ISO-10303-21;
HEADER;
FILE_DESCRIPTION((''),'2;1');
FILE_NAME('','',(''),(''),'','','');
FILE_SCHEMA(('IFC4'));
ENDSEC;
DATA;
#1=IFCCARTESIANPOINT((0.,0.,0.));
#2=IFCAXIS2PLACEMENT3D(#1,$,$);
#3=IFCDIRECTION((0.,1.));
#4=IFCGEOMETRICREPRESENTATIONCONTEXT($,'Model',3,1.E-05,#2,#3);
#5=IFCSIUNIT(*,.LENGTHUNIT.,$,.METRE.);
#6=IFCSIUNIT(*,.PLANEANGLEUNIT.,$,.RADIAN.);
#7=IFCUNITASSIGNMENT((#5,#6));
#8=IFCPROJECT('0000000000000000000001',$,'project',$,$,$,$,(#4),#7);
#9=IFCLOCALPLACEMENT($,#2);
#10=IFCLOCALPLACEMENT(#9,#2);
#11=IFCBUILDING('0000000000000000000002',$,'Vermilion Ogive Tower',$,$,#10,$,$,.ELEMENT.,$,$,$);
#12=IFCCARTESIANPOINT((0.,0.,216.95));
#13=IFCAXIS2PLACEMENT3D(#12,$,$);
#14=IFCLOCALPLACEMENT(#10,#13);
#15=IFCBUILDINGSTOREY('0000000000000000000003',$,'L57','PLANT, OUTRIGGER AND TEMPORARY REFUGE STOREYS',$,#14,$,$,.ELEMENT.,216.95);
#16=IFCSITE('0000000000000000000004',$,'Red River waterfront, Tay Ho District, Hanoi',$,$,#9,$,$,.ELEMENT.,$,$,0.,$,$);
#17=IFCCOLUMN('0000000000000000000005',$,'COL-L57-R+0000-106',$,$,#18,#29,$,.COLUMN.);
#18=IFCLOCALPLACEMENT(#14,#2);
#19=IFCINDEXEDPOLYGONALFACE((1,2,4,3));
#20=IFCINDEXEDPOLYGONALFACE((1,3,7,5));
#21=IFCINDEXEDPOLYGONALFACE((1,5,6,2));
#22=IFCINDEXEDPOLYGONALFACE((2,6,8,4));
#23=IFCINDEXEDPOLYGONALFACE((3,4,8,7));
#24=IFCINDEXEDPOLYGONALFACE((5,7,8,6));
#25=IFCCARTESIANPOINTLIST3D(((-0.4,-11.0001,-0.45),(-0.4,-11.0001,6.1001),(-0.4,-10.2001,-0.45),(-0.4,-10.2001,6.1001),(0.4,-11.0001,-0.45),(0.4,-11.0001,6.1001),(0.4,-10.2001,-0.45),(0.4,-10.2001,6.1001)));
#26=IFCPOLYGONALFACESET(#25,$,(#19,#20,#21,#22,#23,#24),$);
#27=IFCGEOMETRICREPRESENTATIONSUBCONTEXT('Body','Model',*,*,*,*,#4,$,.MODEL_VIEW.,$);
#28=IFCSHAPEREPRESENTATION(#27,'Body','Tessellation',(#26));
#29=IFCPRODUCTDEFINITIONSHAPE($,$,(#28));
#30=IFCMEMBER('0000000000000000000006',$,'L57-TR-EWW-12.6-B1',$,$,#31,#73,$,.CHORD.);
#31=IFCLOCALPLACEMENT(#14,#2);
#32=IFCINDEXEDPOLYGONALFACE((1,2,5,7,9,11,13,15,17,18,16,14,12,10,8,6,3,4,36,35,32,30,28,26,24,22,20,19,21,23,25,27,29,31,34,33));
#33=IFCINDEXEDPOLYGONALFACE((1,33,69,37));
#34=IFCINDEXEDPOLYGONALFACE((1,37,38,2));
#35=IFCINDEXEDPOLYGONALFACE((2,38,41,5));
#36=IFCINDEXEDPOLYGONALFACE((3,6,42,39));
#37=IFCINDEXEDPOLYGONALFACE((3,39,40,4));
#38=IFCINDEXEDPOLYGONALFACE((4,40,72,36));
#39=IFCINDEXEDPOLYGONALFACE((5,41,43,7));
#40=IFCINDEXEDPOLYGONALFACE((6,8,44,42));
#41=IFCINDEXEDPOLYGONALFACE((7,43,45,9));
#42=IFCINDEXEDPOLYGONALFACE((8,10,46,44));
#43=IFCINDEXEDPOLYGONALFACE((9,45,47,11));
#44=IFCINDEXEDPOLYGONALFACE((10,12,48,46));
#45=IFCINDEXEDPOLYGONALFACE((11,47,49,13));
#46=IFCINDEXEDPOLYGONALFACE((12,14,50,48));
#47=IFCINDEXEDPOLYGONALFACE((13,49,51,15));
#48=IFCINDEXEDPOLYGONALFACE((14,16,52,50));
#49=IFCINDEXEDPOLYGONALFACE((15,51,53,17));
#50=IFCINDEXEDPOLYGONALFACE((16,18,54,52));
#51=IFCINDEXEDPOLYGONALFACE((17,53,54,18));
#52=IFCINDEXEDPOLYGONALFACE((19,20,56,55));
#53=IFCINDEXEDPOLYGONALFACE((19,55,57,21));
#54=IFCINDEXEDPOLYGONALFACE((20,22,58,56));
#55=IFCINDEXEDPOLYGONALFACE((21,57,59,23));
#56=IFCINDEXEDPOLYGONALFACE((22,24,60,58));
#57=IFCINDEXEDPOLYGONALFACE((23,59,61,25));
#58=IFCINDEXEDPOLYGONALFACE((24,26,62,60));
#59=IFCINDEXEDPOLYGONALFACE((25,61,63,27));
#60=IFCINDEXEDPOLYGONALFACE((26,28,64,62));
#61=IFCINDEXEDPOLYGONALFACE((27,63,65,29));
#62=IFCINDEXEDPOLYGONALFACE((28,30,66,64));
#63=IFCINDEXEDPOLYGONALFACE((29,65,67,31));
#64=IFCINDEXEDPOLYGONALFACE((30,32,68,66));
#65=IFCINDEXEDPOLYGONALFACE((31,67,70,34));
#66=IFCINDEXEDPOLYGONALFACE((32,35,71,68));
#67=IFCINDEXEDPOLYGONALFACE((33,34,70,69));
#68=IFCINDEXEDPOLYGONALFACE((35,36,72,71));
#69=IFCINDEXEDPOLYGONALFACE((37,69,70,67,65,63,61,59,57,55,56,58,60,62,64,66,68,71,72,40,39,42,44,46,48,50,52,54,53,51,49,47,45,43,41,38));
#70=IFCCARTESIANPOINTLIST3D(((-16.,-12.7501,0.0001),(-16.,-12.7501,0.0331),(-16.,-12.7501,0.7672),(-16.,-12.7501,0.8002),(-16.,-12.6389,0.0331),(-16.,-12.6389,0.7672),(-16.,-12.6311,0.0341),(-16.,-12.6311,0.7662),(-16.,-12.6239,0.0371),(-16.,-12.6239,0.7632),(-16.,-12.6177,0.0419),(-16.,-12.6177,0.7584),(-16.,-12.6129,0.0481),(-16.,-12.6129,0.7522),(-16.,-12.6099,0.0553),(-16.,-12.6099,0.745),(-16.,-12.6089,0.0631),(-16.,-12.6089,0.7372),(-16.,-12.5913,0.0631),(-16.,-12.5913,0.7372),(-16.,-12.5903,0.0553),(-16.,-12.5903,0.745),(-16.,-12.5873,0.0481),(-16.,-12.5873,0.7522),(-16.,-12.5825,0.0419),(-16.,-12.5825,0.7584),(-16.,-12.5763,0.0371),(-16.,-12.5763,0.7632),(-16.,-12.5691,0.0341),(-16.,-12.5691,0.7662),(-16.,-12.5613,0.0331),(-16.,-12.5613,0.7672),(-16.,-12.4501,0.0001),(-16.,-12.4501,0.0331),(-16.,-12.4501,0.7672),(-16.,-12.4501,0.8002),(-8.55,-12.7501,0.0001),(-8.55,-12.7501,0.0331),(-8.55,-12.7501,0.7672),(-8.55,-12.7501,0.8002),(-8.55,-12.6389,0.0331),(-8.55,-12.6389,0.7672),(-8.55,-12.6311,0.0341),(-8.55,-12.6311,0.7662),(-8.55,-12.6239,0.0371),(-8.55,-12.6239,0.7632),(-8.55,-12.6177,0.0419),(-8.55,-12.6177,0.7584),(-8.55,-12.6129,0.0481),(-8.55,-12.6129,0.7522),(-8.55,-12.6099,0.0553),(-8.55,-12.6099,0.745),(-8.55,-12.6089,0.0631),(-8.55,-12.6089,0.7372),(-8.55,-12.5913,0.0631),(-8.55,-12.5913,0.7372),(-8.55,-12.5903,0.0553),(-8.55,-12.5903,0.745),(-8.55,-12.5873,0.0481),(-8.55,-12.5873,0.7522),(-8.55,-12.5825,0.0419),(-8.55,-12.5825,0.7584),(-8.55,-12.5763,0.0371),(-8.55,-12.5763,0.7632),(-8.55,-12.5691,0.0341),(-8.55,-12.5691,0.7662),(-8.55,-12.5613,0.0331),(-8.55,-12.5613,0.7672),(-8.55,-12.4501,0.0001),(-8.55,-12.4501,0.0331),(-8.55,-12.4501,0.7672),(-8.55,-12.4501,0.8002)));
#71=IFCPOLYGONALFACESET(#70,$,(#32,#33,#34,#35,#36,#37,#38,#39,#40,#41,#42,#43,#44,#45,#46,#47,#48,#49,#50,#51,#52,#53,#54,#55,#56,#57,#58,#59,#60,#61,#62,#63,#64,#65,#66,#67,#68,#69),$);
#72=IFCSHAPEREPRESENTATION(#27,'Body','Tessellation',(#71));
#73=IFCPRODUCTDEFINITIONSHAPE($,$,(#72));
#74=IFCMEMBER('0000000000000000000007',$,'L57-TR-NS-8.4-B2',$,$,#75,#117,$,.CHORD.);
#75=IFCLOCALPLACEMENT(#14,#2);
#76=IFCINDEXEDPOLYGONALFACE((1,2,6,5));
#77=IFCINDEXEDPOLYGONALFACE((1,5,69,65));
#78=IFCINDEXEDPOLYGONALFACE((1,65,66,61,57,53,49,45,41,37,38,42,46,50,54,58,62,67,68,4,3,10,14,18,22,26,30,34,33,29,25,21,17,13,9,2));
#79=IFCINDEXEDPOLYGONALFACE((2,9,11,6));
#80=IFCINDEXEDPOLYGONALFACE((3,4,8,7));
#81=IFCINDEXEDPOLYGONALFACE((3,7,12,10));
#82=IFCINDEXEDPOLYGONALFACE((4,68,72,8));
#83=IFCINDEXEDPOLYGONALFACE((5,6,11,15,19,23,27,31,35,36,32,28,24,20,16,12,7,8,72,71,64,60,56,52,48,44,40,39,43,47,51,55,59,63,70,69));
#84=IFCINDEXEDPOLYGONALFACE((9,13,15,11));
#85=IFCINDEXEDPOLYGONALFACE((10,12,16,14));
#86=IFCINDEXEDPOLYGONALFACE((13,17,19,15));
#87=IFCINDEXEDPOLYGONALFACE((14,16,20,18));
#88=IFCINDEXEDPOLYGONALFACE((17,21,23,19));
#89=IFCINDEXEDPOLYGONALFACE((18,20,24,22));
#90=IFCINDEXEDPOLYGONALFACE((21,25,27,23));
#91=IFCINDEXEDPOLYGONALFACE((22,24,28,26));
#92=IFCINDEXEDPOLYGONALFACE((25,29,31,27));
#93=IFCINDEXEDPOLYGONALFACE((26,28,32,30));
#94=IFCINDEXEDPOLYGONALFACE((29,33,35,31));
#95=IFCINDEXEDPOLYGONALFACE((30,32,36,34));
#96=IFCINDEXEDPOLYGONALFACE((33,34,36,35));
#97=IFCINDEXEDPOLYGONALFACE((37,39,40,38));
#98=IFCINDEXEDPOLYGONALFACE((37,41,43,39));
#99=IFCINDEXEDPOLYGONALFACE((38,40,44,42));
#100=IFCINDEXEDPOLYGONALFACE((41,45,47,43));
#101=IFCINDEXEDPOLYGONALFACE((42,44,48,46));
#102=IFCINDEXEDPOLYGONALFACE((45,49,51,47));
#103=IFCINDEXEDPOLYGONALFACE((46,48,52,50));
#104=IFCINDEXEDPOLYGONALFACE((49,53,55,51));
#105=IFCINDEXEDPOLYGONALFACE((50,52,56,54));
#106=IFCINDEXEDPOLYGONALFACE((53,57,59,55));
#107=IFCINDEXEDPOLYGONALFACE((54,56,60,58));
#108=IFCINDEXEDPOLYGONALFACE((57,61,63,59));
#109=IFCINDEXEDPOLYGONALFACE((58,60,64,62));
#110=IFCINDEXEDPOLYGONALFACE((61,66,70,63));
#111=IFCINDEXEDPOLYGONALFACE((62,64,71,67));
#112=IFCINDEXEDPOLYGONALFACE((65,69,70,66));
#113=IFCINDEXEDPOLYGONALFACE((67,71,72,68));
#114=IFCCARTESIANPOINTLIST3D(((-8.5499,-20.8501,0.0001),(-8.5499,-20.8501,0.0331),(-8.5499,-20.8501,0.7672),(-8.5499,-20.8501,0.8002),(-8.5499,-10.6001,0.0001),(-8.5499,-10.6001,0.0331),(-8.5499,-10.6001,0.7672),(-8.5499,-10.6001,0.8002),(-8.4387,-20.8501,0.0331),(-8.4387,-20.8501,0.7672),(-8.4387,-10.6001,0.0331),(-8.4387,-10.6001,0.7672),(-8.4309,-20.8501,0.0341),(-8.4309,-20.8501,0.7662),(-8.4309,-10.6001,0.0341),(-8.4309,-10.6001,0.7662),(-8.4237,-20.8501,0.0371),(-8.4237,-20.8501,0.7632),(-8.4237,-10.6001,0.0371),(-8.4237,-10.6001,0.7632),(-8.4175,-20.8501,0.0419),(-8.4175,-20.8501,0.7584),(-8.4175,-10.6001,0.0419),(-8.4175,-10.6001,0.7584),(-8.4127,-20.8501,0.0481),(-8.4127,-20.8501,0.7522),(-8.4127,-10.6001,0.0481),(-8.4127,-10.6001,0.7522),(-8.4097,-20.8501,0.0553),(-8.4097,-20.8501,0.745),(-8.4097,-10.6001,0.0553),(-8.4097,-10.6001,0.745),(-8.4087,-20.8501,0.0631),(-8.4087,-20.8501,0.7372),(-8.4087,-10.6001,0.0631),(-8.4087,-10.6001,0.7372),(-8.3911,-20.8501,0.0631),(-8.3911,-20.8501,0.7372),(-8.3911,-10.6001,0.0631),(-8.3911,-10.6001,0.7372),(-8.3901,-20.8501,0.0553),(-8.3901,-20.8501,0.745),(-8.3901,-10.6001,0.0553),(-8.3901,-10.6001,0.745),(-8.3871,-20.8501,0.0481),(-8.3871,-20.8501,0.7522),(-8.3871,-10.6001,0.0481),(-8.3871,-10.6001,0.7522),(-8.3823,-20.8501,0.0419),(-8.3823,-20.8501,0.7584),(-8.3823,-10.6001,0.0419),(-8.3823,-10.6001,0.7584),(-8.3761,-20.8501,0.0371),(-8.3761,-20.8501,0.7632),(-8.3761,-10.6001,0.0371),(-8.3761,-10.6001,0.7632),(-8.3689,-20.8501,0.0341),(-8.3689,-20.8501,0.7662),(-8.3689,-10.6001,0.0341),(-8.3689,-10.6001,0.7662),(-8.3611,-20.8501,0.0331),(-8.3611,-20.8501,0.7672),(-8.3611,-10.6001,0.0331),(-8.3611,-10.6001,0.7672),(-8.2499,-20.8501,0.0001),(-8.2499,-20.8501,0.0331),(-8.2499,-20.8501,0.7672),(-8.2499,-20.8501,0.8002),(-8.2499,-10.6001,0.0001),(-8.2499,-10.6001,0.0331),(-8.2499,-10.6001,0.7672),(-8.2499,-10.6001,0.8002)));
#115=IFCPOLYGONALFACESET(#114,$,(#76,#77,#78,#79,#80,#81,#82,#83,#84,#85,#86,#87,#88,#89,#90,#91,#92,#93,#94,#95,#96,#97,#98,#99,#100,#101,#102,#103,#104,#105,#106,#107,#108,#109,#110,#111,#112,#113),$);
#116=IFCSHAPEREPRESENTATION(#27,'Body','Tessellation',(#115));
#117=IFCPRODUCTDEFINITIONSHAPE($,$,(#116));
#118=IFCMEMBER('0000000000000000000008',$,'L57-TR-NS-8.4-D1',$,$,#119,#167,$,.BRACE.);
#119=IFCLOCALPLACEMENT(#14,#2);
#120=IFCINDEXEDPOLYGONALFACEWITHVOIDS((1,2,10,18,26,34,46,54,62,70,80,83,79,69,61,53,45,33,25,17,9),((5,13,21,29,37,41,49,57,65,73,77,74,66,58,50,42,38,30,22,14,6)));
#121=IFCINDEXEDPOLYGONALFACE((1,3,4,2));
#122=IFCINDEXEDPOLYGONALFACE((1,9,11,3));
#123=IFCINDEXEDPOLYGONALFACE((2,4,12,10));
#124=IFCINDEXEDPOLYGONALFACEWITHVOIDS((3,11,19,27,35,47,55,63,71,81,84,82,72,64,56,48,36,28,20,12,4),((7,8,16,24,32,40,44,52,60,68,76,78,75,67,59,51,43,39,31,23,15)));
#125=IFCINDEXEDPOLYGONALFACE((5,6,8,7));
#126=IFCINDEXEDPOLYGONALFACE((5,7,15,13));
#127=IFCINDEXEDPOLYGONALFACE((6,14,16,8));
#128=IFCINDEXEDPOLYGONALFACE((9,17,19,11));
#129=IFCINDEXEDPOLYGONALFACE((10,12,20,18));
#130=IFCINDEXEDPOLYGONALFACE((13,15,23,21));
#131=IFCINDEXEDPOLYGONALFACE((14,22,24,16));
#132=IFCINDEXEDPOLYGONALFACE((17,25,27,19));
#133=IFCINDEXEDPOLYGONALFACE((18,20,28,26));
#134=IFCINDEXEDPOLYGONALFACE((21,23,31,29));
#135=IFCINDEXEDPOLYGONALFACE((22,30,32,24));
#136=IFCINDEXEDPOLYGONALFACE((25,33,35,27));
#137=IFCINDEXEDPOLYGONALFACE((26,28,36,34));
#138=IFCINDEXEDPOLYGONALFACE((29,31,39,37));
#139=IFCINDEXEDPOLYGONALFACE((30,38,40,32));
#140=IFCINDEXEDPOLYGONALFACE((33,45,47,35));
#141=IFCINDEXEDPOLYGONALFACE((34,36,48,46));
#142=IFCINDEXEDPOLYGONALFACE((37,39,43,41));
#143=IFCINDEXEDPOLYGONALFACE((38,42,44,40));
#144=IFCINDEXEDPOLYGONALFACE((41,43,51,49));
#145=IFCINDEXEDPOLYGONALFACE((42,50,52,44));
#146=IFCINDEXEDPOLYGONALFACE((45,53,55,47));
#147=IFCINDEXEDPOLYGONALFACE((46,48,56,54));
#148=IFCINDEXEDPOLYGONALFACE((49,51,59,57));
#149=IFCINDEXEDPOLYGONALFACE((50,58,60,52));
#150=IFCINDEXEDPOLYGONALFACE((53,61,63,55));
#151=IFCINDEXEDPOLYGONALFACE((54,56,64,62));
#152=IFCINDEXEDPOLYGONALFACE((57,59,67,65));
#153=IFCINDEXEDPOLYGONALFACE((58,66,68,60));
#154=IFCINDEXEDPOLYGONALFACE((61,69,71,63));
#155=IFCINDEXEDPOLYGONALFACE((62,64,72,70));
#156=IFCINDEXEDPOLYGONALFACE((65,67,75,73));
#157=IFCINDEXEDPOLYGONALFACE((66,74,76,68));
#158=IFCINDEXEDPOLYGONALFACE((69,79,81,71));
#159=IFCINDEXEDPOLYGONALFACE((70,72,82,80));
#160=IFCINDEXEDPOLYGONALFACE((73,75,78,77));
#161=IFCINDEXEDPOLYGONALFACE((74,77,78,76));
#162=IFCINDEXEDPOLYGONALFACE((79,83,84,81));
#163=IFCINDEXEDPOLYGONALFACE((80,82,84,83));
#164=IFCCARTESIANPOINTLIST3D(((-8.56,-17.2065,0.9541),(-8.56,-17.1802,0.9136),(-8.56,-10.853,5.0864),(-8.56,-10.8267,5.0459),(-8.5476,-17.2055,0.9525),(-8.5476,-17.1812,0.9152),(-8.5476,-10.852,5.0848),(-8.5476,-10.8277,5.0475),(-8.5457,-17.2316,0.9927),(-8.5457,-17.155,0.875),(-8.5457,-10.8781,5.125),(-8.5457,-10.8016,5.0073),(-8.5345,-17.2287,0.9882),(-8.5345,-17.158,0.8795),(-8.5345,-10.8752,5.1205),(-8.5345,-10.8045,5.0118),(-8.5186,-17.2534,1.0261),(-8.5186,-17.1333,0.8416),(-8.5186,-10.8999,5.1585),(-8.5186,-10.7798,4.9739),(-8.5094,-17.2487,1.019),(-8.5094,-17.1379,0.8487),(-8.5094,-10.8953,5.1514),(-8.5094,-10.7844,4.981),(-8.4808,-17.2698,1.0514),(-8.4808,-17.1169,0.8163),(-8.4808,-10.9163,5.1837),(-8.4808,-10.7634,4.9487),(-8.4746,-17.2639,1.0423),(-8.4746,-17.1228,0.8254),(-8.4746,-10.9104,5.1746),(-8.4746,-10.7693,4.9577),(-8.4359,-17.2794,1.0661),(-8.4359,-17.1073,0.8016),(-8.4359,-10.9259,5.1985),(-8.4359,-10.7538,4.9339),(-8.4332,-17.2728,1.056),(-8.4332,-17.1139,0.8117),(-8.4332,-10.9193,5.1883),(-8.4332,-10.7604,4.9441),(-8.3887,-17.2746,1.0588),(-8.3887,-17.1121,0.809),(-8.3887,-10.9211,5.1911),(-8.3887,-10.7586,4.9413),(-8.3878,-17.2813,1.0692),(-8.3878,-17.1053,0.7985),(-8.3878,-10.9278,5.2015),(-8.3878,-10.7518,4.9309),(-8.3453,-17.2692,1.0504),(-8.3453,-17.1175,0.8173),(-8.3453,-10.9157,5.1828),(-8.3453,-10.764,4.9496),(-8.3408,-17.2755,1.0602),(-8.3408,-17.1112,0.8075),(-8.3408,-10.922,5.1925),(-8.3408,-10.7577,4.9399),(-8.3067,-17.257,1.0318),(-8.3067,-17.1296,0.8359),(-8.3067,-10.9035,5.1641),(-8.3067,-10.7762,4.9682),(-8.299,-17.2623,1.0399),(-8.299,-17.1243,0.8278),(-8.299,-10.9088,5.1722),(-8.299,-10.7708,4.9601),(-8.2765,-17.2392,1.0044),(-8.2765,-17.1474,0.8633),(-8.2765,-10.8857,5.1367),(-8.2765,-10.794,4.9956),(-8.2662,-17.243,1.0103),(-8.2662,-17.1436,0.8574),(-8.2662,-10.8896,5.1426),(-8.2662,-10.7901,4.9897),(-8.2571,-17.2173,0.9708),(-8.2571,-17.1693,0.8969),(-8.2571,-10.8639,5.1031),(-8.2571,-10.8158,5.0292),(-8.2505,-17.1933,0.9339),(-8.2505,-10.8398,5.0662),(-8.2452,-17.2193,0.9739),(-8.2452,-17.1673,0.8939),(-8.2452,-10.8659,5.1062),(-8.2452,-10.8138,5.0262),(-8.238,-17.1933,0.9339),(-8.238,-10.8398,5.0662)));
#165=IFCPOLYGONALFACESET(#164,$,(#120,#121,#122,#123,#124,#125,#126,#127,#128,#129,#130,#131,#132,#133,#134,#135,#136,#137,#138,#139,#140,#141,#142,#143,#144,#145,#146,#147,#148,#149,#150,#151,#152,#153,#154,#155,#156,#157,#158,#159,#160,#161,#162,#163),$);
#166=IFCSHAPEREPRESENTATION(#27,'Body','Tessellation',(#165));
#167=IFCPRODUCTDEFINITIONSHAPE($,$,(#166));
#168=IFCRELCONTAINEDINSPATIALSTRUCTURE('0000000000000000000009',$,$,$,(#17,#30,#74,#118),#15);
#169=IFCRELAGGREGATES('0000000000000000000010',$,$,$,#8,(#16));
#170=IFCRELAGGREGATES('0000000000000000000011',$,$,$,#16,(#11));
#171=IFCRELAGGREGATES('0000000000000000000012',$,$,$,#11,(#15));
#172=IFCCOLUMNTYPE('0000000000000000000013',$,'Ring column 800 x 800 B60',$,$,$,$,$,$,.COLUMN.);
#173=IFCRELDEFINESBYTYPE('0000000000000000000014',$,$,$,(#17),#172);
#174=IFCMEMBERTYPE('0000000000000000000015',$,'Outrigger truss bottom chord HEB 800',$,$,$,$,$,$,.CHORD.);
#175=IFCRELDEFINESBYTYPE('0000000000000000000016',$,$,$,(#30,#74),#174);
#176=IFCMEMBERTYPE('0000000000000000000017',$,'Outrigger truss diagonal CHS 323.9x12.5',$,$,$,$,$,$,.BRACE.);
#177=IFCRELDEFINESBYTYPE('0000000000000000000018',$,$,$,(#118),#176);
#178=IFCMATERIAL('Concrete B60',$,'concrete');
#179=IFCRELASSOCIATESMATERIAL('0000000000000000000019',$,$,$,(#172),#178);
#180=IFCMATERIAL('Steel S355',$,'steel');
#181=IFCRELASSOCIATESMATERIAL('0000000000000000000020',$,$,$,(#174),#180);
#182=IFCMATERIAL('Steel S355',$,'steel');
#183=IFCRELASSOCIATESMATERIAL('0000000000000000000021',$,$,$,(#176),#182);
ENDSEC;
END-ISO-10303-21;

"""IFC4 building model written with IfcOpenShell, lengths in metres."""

from ifc_helpers import new_model, si_unit, direction, frame, origin, origin_2d, place, context, subcontext, project, spatial, rectangle, hollow_circle, i_section, extrude, material, material_profile, profile_set, type_object, element, save


model = new_model("IFC4")

# Units and contexts
model_context = context("Model", 3, precision=1e-05, world=origin(), true_north=direction((0.0, 1.0)))
body_context = subcontext(model_context, "Body", "Model", "MODEL_VIEW")
ifc_project = project(units=[si_unit("LENGTHUNIT", "METRE"), si_unit("PLANEANGLEUNIT", "RADIAN")], contexts=[model_context])

# Site, building, storey
site_placement = place(None, origin())
site = spatial("IfcSite", under=ifc_project, at=site_placement, Name="Red River waterfront, Tay Ho District, Hanoi", CompositionType="ELEMENT", RefElevation=0.0)
building_placement = place(site_placement, origin())
building = spatial("IfcBuilding", under=site, at=building_placement, Name="Vermilion Ogive Tower", CompositionType="ELEMENT")
storey_placement = place(building_placement, frame((0.0, 0.0, 216.95)))
storey = spatial("IfcBuildingStorey", under=building, at=storey_placement, Name="L57", Description="PLANT, OUTRIGGER AND TEMPORARY REFUGE STOREYS", CompositionType="ELEMENT", Elevation=216.95)

# Column
ifc_material_1 = material(Name="Concrete B60", Category="concrete")
ifc_material_profile_1 = material_profile(ifc_material_1, rectangle(XDim=0.8, YDim=0.8, at=origin_2d()), Name="800 x 800")
ifc_profile_set_1 = profile_set([ifc_material_profile_1], Name="Concrete B60")
column_type = type_object("IfcColumnType", Name="Ring column 800 x 800 B60", PredefinedType="COLUMN", material=ifc_profile_set_1)
column_placement = place(storey_placement, frame((0.0, -10.6001, -0.45), z_axis=(0.0, 0.0, 1.0), x_axis=(1.0, 0.0, 0.0)))
element("IfcColumn", 1, at=column_placement, inside=storey, type_object=column_type, Name="COL-L57-R+0000-106", PredefinedType="COLUMN", context=body_context, shape_type="SweptSolid", body=[
    extrude(rectangle(XDim=0.8, YDim=0.8, at=origin_2d()), origin(), (0.0, 0.0, 1.0), 6.55),
])

# Members
ifc_material_2 = material(Name="Steel S355", Category="steel")
ifc_material_profile_2 = material_profile(ifc_material_2, i_section(OverallWidth=0.3, OverallDepth=0.8, WebThickness=0.0176, FlangeThickness=0.033, FilletRadius=0.03, at=origin_2d()), Name="HEB 800")
ifc_profile_set_2 = profile_set([ifc_material_profile_2], Name="Steel S355")
member_type_1 = type_object("IfcMemberType", Name="Outrigger truss bottom chord HEB 800", PredefinedType="CHORD", material=ifc_profile_set_2)
member_1_placement = place(storey_placement, frame((-8.55, -12.6001, 0.4001), z_axis=(-1.0, 0.0, 0.0), x_axis=(0.0, -1.0, 0.0)))
element("IfcMember", 2, at=member_1_placement, inside=storey, type_object=member_type_1, Name="L57-TR-EWW-12.6-B1", PredefinedType="CHORD", context=body_context, shape_type="SweptSolid", body=[
    extrude(i_section(OverallWidth=0.3, OverallDepth=0.8, WebThickness=0.0176, FlangeThickness=0.033, FilletRadius=0.03, at=origin_2d()), origin(), (0.0, 0.0, 1.0), 7.45),
])
member_2_placement = place(storey_placement, frame((-8.3999, -10.6001, 0.4001), z_axis=(0.0, -1.0, 0.0), x_axis=(1.0, 0.0, 0.0)))
element("IfcMember", 3, at=member_2_placement, inside=storey, type_object=member_type_1, Name="L57-TR-NS-8.4-B2", PredefinedType="CHORD", context=body_context, shape_type="SweptSolid", body=[
    extrude(i_section(OverallWidth=0.3, OverallDepth=0.8, WebThickness=0.0176, FlangeThickness=0.033, FilletRadius=0.03, at=origin_2d()), origin(), (0.0, 0.0, 1.0), 10.25),
])
ifc_material_3 = material(Name="Steel S355", Category="steel")
ifc_material_profile_3 = material_profile(ifc_material_3, hollow_circle(Radius=0.1619, WallThickness=0.0125, at=origin_2d()), Name="CHS 323.9x12.5")
ifc_profile_set_3 = profile_set([ifc_material_profile_3], Name="Steel S355")
member_type_2 = type_object("IfcMemberType", Name="Outrigger truss diagonal CHS 323.9x12.5", PredefinedType="BRACE", material=ifc_profile_set_3)
member_3_placement = place(storey_placement, frame((-8.3999, -10.8398, 5.0662), z_axis=(0.0, -0.838291, -0.545224), x_axis=(1.0, 0.0, 0.0)))
element("IfcMember", 4, at=member_3_placement, inside=storey, type_object=member_type_2, Name="L57-TR-NS-8.4-D1", PredefinedType="BRACE", context=body_context, shape_type="SweptSolid", body=[
    extrude(hollow_circle(Radius=0.1619, WallThickness=0.0125, at=origin_2d()), origin(), (0.0, 0.0, 1.0), 7.5791),
])

save(model, "model.ifc")
